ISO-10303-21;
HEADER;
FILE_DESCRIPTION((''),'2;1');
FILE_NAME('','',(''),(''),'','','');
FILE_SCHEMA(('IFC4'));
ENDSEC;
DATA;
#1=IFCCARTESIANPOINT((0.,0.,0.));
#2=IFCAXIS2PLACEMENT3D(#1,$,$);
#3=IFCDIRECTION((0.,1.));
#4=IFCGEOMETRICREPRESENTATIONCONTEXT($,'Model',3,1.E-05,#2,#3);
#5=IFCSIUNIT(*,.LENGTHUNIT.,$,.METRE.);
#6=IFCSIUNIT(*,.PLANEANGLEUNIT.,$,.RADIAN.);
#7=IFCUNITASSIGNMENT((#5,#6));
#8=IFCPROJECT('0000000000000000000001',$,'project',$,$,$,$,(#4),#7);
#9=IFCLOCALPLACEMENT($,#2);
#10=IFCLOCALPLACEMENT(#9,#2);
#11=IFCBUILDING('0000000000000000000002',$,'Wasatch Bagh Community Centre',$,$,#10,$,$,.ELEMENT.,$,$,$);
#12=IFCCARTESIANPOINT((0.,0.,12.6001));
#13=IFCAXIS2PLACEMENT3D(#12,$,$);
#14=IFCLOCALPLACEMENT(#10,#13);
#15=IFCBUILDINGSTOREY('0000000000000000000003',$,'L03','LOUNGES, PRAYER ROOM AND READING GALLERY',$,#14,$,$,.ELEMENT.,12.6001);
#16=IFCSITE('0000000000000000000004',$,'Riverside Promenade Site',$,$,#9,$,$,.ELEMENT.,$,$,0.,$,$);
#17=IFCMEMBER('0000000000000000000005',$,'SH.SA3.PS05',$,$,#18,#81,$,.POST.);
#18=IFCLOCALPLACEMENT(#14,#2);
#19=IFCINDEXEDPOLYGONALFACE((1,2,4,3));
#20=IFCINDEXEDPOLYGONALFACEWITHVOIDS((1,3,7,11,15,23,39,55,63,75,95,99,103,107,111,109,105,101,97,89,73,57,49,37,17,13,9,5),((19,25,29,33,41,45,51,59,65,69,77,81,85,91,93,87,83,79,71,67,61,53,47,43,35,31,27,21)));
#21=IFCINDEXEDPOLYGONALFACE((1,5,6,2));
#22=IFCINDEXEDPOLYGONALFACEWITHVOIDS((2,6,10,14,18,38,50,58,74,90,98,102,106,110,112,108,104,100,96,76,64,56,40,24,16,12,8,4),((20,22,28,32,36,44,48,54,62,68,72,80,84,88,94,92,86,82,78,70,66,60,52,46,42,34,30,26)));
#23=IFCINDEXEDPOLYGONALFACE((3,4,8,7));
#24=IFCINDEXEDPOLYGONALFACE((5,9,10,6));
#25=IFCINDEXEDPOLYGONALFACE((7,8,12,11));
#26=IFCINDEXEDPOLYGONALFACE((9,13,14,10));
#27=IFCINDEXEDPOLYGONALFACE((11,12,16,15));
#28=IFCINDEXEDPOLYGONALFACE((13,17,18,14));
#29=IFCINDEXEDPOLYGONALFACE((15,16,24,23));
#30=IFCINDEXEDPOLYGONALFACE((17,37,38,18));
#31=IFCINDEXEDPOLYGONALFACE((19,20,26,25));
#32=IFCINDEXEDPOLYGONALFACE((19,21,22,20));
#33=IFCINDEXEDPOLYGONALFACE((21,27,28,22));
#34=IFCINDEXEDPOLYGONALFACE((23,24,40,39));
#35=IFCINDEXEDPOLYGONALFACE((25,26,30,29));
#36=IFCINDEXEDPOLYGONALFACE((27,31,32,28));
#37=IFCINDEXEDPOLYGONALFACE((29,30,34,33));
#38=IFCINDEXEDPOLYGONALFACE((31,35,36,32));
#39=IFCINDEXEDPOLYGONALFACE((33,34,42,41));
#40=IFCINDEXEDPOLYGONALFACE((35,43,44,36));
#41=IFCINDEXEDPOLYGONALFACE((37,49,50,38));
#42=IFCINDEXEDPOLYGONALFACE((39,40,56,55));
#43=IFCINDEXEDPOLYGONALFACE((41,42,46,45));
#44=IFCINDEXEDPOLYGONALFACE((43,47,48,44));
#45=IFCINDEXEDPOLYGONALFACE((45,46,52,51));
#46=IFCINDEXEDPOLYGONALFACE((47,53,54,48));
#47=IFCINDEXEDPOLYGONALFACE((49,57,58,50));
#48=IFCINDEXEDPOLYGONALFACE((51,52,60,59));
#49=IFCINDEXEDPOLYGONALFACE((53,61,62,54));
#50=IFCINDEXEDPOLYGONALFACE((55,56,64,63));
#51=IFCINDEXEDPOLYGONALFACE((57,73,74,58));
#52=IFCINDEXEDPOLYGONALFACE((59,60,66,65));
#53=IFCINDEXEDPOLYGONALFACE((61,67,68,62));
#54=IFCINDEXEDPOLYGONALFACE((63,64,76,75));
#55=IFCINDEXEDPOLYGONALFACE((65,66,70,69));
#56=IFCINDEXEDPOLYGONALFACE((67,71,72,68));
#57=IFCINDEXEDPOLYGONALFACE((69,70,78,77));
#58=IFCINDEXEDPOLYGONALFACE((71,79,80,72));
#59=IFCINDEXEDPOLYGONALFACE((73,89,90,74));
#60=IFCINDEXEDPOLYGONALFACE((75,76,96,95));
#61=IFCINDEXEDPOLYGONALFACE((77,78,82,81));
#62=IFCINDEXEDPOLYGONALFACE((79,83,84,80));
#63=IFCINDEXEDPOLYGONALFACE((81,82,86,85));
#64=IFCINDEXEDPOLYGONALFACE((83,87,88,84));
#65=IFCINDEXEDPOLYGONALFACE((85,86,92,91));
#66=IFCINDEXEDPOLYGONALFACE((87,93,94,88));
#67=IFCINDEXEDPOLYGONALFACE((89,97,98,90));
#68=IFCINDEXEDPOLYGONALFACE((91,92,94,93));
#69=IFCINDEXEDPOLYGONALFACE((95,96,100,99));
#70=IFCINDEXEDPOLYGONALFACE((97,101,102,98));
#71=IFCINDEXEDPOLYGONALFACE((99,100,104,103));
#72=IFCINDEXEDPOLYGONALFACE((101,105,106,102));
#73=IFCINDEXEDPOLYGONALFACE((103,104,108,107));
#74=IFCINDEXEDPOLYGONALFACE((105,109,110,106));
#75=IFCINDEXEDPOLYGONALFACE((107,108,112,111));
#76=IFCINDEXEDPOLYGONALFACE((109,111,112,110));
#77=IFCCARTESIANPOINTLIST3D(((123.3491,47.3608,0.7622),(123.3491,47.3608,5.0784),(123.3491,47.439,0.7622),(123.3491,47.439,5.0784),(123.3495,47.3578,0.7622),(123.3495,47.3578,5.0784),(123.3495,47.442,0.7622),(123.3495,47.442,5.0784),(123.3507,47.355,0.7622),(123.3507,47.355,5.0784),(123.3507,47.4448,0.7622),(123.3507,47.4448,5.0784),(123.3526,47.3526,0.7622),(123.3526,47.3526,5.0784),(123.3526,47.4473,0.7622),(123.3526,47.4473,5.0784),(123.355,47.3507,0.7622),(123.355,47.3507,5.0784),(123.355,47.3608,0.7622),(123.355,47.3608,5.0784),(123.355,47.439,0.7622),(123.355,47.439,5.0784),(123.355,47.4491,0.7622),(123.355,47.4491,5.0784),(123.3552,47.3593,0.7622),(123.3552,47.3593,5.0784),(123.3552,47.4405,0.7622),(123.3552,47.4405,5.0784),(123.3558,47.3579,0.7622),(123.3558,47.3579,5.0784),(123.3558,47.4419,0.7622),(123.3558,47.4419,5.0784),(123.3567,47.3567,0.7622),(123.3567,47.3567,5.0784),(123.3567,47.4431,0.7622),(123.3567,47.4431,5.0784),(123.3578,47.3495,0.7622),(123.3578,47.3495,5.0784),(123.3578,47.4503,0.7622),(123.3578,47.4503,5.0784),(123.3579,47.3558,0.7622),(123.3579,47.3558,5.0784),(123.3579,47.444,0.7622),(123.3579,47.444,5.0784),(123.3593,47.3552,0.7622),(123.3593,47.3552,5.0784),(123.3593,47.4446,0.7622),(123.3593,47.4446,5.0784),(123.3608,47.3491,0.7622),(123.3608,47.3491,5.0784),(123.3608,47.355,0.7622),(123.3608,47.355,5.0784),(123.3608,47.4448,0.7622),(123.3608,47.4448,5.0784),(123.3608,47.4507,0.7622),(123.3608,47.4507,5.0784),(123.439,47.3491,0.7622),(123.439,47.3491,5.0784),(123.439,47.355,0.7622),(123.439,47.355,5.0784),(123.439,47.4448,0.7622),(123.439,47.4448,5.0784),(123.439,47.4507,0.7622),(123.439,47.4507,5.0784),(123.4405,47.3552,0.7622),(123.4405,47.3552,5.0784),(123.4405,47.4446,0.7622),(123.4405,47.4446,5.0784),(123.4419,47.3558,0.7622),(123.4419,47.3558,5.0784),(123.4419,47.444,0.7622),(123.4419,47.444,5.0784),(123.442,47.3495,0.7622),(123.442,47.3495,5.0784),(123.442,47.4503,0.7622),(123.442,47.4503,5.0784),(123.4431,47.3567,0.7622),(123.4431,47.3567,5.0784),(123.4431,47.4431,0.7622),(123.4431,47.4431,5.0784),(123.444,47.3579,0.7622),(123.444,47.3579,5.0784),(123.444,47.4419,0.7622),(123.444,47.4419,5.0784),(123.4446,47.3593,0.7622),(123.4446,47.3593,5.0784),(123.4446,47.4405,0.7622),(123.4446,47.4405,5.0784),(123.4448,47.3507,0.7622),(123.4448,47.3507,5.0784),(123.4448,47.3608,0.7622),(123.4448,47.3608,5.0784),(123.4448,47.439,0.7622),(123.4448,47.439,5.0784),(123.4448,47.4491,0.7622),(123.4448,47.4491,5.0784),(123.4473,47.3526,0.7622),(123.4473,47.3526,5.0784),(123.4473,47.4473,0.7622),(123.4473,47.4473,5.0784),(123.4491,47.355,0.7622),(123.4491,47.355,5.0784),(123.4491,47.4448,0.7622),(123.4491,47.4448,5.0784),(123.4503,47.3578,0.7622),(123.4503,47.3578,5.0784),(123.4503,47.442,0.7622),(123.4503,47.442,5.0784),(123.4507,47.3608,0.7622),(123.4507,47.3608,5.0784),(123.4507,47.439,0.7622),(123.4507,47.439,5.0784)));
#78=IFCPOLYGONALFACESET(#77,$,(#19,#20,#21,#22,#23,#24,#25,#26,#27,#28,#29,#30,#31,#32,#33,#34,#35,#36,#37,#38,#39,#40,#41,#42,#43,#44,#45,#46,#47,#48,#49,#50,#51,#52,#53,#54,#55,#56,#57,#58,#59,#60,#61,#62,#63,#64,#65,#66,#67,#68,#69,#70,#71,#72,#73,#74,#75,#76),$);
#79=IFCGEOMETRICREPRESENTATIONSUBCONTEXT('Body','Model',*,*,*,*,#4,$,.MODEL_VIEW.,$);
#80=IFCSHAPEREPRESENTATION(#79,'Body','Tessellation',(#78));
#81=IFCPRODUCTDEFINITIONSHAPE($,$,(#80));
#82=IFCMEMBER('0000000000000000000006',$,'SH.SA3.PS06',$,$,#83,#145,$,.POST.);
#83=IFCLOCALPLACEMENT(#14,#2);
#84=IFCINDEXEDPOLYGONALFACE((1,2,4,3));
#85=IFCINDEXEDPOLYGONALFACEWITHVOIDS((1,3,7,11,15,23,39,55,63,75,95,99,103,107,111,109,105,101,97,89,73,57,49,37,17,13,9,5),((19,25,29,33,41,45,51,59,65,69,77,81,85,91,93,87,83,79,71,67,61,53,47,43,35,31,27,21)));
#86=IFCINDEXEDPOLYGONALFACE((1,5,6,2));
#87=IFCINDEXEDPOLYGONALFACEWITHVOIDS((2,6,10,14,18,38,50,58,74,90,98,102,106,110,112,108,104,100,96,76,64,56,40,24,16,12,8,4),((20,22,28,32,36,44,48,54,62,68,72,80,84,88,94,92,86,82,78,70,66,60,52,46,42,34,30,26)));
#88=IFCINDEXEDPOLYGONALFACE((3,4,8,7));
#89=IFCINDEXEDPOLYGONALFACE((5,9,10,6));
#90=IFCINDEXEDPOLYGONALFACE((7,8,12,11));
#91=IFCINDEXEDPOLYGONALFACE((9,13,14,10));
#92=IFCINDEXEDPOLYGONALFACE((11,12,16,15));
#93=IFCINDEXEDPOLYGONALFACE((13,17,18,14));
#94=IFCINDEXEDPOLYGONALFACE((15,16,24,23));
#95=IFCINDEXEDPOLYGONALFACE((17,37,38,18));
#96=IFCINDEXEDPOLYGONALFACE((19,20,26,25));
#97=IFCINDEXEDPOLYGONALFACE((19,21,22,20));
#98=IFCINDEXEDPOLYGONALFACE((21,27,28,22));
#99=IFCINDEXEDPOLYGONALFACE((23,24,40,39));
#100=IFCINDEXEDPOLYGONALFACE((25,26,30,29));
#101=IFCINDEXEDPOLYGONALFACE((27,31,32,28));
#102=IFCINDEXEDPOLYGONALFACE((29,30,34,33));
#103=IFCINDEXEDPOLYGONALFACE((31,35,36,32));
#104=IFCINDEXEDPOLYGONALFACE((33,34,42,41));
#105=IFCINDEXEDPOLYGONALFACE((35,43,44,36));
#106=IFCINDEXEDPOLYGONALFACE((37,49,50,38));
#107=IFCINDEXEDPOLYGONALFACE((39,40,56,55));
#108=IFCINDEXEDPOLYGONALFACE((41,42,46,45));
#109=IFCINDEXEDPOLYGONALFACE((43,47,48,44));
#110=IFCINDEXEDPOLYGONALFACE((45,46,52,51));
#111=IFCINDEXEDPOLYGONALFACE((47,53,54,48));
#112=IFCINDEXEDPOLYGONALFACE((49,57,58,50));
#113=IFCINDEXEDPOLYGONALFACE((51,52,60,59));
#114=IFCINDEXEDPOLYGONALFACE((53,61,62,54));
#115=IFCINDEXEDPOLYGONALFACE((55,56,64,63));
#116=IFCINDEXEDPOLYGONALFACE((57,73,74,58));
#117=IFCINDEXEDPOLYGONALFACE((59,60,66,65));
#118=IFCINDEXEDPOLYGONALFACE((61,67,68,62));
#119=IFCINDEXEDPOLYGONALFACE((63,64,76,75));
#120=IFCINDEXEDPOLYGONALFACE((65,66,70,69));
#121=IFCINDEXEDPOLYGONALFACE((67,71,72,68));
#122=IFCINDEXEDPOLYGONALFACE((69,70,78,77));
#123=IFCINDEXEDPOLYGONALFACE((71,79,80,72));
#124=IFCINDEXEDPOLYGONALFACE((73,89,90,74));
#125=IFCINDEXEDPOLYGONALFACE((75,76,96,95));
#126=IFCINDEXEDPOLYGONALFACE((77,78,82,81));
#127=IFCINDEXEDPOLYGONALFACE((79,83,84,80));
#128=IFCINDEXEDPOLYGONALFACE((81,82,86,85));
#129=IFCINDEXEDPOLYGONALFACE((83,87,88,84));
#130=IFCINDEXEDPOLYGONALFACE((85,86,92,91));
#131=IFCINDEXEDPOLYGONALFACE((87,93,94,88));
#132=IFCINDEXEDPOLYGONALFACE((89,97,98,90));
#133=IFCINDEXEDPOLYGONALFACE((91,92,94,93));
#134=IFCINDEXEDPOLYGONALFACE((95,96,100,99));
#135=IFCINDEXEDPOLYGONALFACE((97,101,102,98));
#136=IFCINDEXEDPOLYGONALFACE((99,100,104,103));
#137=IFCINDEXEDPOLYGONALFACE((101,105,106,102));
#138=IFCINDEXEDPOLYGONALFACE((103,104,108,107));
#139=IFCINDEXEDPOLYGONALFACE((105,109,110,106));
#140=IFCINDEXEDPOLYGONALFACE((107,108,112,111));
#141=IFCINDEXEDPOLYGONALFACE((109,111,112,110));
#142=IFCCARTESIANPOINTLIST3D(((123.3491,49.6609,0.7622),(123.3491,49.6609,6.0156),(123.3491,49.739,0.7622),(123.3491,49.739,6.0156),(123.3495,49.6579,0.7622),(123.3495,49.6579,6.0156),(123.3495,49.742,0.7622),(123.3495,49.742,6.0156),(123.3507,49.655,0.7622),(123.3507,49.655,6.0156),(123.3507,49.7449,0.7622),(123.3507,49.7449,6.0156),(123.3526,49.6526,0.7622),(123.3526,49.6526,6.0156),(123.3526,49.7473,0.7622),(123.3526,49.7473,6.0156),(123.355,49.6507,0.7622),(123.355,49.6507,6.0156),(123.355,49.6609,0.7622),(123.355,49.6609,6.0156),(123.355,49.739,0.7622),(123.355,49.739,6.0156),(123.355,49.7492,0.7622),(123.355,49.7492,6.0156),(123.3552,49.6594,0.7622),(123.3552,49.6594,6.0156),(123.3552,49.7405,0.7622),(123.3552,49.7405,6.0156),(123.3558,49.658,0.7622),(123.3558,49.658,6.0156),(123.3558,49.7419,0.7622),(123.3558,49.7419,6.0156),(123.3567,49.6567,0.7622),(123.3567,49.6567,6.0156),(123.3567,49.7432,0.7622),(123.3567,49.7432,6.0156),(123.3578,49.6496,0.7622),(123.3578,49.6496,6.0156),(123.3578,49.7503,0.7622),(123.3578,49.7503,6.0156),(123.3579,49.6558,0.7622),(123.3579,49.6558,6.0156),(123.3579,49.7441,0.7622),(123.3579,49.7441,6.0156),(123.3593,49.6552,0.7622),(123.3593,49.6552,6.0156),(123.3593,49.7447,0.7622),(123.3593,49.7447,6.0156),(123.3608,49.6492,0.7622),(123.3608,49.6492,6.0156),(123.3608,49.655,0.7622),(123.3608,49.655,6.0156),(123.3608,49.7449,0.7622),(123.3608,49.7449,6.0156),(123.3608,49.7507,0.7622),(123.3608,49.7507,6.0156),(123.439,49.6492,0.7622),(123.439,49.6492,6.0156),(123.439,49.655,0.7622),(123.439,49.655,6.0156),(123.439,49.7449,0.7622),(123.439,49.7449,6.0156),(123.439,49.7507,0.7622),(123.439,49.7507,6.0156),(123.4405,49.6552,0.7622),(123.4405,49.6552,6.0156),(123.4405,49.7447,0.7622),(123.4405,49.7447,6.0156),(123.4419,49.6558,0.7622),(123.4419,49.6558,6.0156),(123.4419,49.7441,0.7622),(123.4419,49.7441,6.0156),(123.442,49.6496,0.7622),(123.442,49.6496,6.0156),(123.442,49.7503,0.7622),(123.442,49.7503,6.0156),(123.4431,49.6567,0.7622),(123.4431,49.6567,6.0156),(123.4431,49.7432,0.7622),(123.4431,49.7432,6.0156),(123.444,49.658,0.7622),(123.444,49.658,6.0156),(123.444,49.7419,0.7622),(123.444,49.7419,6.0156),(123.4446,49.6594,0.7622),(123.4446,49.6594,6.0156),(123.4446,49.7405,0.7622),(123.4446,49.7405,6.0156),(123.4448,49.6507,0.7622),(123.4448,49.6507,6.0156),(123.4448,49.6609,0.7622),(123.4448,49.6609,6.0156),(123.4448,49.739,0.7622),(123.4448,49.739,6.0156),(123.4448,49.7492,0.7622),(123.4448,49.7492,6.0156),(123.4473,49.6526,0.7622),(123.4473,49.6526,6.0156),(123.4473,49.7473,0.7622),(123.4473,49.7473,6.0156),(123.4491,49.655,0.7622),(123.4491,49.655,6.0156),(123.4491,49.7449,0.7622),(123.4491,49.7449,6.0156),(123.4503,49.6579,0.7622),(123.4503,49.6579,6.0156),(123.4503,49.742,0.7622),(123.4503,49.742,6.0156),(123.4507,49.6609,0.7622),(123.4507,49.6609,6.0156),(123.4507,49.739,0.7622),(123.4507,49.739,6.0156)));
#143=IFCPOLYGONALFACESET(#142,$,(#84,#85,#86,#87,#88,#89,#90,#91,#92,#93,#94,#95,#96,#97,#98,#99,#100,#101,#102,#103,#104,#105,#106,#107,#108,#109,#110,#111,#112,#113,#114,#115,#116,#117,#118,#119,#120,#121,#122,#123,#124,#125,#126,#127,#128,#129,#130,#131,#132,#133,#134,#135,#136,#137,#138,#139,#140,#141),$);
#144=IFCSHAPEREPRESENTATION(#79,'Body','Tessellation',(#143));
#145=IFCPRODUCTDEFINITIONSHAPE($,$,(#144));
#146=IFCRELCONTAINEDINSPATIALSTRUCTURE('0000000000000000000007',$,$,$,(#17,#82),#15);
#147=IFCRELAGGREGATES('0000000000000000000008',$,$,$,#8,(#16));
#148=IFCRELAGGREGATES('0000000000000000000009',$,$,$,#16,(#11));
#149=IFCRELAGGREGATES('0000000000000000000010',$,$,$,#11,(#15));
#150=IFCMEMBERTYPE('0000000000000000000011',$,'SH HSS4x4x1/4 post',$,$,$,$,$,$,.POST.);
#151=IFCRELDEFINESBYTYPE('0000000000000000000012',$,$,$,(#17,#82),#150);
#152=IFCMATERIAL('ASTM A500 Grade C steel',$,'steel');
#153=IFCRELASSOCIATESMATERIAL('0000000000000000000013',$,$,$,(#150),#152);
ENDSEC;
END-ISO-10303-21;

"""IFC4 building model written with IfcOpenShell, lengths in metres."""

from ifc_helpers import new_model, si_unit, direction, frame, origin, origin_2d, place, context, subcontext, project, spatial, hollow_rectangle, extrude, material, material_profile, profile_set, type_object, element, save


model = new_model("IFC4")

# Units and contexts
model_context = context("Model", 3, precision=1e-05, world=origin(), true_north=direction((0.0, 1.0)))
body_context = subcontext(model_context, "Body", "Model", "MODEL_VIEW")
ifc_project = project(units=[si_unit("LENGTHUNIT", "METRE"), si_unit("PLANEANGLEUNIT", "RADIAN")], contexts=[model_context])

# Site, building, storey
site_placement = place(None, origin())
site = spatial("IfcSite", under=ifc_project, at=site_placement, Name="Riverside Promenade Site", CompositionType="ELEMENT", RefElevation=0.0)
building_placement = place(site_placement, origin())
building = spatial("IfcBuilding", under=site, at=building_placement, Name="Wasatch Bagh Community Centre", CompositionType="ELEMENT")
storey_placement = place(building_placement, frame((0.0, 0.0, 12.6001)))
storey = spatial("IfcBuildingStorey", under=building, at=storey_placement, Name="L03", Description="LOUNGES, PRAYER ROOM AND READING GALLERY", CompositionType="ELEMENT", Elevation=12.6001)

# Members
ifc_material_1 = material(Name="ASTM A500 Grade C steel", Category="steel")
ifc_material_profile_1 = material_profile(ifc_material_1, hollow_rectangle(XDim=0.1016, YDim=0.1016, WallThickness=0.0059, InnerFilletRadius=0.0059, OuterFilletRadius=0.0117, at=origin_2d()), Name="HSS4x4x1/4")
ifc_profile_set_1 = profile_set([ifc_material_profile_1], Name="ASTM A500 Grade C steel")
member_type_1 = type_object("IfcMemberType", Name="SH HSS4x4x1/4 post", PredefinedType="POST", material=ifc_profile_set_1)
member_1_placement = place(storey_placement, frame((123.3999, 47.3999, 0.7622), z_axis=(0.0, 0.0, 1.0), x_axis=(1.0, 0.0, 0.0)))
element("IfcMember", 1, at=member_1_placement, inside=storey, type_object=member_type_1, Name="SH.SA3.PS05", PredefinedType="POST", context=body_context, shape_type="SweptSolid", body=[
    extrude(hollow_rectangle(XDim=0.1016, YDim=0.1016, WallThickness=0.0059, InnerFilletRadius=0.0059, OuterFilletRadius=0.0117, at=origin_2d()), origin(), (0.0, 0.0, 1.0), 4.3162),
])
member_2_placement = place(storey_placement, frame((123.3999, 49.7, 0.7622), z_axis=(0.0, 0.0, 1.0), x_axis=(1.0, 0.0, 0.0)))
element("IfcMember", 2, at=member_2_placement, inside=storey, type_object=member_type_1, Name="SH.SA3.PS06", PredefinedType="POST", context=body_context, shape_type="SweptSolid", body=[
    extrude(hollow_rectangle(XDim=0.1016, YDim=0.1016, WallThickness=0.0059, InnerFilletRadius=0.0059, OuterFilletRadius=0.0117, at=origin_2d()), origin(), (0.0, 0.0, 1.0), 5.2534),
])

save(model, "model.ifc")
